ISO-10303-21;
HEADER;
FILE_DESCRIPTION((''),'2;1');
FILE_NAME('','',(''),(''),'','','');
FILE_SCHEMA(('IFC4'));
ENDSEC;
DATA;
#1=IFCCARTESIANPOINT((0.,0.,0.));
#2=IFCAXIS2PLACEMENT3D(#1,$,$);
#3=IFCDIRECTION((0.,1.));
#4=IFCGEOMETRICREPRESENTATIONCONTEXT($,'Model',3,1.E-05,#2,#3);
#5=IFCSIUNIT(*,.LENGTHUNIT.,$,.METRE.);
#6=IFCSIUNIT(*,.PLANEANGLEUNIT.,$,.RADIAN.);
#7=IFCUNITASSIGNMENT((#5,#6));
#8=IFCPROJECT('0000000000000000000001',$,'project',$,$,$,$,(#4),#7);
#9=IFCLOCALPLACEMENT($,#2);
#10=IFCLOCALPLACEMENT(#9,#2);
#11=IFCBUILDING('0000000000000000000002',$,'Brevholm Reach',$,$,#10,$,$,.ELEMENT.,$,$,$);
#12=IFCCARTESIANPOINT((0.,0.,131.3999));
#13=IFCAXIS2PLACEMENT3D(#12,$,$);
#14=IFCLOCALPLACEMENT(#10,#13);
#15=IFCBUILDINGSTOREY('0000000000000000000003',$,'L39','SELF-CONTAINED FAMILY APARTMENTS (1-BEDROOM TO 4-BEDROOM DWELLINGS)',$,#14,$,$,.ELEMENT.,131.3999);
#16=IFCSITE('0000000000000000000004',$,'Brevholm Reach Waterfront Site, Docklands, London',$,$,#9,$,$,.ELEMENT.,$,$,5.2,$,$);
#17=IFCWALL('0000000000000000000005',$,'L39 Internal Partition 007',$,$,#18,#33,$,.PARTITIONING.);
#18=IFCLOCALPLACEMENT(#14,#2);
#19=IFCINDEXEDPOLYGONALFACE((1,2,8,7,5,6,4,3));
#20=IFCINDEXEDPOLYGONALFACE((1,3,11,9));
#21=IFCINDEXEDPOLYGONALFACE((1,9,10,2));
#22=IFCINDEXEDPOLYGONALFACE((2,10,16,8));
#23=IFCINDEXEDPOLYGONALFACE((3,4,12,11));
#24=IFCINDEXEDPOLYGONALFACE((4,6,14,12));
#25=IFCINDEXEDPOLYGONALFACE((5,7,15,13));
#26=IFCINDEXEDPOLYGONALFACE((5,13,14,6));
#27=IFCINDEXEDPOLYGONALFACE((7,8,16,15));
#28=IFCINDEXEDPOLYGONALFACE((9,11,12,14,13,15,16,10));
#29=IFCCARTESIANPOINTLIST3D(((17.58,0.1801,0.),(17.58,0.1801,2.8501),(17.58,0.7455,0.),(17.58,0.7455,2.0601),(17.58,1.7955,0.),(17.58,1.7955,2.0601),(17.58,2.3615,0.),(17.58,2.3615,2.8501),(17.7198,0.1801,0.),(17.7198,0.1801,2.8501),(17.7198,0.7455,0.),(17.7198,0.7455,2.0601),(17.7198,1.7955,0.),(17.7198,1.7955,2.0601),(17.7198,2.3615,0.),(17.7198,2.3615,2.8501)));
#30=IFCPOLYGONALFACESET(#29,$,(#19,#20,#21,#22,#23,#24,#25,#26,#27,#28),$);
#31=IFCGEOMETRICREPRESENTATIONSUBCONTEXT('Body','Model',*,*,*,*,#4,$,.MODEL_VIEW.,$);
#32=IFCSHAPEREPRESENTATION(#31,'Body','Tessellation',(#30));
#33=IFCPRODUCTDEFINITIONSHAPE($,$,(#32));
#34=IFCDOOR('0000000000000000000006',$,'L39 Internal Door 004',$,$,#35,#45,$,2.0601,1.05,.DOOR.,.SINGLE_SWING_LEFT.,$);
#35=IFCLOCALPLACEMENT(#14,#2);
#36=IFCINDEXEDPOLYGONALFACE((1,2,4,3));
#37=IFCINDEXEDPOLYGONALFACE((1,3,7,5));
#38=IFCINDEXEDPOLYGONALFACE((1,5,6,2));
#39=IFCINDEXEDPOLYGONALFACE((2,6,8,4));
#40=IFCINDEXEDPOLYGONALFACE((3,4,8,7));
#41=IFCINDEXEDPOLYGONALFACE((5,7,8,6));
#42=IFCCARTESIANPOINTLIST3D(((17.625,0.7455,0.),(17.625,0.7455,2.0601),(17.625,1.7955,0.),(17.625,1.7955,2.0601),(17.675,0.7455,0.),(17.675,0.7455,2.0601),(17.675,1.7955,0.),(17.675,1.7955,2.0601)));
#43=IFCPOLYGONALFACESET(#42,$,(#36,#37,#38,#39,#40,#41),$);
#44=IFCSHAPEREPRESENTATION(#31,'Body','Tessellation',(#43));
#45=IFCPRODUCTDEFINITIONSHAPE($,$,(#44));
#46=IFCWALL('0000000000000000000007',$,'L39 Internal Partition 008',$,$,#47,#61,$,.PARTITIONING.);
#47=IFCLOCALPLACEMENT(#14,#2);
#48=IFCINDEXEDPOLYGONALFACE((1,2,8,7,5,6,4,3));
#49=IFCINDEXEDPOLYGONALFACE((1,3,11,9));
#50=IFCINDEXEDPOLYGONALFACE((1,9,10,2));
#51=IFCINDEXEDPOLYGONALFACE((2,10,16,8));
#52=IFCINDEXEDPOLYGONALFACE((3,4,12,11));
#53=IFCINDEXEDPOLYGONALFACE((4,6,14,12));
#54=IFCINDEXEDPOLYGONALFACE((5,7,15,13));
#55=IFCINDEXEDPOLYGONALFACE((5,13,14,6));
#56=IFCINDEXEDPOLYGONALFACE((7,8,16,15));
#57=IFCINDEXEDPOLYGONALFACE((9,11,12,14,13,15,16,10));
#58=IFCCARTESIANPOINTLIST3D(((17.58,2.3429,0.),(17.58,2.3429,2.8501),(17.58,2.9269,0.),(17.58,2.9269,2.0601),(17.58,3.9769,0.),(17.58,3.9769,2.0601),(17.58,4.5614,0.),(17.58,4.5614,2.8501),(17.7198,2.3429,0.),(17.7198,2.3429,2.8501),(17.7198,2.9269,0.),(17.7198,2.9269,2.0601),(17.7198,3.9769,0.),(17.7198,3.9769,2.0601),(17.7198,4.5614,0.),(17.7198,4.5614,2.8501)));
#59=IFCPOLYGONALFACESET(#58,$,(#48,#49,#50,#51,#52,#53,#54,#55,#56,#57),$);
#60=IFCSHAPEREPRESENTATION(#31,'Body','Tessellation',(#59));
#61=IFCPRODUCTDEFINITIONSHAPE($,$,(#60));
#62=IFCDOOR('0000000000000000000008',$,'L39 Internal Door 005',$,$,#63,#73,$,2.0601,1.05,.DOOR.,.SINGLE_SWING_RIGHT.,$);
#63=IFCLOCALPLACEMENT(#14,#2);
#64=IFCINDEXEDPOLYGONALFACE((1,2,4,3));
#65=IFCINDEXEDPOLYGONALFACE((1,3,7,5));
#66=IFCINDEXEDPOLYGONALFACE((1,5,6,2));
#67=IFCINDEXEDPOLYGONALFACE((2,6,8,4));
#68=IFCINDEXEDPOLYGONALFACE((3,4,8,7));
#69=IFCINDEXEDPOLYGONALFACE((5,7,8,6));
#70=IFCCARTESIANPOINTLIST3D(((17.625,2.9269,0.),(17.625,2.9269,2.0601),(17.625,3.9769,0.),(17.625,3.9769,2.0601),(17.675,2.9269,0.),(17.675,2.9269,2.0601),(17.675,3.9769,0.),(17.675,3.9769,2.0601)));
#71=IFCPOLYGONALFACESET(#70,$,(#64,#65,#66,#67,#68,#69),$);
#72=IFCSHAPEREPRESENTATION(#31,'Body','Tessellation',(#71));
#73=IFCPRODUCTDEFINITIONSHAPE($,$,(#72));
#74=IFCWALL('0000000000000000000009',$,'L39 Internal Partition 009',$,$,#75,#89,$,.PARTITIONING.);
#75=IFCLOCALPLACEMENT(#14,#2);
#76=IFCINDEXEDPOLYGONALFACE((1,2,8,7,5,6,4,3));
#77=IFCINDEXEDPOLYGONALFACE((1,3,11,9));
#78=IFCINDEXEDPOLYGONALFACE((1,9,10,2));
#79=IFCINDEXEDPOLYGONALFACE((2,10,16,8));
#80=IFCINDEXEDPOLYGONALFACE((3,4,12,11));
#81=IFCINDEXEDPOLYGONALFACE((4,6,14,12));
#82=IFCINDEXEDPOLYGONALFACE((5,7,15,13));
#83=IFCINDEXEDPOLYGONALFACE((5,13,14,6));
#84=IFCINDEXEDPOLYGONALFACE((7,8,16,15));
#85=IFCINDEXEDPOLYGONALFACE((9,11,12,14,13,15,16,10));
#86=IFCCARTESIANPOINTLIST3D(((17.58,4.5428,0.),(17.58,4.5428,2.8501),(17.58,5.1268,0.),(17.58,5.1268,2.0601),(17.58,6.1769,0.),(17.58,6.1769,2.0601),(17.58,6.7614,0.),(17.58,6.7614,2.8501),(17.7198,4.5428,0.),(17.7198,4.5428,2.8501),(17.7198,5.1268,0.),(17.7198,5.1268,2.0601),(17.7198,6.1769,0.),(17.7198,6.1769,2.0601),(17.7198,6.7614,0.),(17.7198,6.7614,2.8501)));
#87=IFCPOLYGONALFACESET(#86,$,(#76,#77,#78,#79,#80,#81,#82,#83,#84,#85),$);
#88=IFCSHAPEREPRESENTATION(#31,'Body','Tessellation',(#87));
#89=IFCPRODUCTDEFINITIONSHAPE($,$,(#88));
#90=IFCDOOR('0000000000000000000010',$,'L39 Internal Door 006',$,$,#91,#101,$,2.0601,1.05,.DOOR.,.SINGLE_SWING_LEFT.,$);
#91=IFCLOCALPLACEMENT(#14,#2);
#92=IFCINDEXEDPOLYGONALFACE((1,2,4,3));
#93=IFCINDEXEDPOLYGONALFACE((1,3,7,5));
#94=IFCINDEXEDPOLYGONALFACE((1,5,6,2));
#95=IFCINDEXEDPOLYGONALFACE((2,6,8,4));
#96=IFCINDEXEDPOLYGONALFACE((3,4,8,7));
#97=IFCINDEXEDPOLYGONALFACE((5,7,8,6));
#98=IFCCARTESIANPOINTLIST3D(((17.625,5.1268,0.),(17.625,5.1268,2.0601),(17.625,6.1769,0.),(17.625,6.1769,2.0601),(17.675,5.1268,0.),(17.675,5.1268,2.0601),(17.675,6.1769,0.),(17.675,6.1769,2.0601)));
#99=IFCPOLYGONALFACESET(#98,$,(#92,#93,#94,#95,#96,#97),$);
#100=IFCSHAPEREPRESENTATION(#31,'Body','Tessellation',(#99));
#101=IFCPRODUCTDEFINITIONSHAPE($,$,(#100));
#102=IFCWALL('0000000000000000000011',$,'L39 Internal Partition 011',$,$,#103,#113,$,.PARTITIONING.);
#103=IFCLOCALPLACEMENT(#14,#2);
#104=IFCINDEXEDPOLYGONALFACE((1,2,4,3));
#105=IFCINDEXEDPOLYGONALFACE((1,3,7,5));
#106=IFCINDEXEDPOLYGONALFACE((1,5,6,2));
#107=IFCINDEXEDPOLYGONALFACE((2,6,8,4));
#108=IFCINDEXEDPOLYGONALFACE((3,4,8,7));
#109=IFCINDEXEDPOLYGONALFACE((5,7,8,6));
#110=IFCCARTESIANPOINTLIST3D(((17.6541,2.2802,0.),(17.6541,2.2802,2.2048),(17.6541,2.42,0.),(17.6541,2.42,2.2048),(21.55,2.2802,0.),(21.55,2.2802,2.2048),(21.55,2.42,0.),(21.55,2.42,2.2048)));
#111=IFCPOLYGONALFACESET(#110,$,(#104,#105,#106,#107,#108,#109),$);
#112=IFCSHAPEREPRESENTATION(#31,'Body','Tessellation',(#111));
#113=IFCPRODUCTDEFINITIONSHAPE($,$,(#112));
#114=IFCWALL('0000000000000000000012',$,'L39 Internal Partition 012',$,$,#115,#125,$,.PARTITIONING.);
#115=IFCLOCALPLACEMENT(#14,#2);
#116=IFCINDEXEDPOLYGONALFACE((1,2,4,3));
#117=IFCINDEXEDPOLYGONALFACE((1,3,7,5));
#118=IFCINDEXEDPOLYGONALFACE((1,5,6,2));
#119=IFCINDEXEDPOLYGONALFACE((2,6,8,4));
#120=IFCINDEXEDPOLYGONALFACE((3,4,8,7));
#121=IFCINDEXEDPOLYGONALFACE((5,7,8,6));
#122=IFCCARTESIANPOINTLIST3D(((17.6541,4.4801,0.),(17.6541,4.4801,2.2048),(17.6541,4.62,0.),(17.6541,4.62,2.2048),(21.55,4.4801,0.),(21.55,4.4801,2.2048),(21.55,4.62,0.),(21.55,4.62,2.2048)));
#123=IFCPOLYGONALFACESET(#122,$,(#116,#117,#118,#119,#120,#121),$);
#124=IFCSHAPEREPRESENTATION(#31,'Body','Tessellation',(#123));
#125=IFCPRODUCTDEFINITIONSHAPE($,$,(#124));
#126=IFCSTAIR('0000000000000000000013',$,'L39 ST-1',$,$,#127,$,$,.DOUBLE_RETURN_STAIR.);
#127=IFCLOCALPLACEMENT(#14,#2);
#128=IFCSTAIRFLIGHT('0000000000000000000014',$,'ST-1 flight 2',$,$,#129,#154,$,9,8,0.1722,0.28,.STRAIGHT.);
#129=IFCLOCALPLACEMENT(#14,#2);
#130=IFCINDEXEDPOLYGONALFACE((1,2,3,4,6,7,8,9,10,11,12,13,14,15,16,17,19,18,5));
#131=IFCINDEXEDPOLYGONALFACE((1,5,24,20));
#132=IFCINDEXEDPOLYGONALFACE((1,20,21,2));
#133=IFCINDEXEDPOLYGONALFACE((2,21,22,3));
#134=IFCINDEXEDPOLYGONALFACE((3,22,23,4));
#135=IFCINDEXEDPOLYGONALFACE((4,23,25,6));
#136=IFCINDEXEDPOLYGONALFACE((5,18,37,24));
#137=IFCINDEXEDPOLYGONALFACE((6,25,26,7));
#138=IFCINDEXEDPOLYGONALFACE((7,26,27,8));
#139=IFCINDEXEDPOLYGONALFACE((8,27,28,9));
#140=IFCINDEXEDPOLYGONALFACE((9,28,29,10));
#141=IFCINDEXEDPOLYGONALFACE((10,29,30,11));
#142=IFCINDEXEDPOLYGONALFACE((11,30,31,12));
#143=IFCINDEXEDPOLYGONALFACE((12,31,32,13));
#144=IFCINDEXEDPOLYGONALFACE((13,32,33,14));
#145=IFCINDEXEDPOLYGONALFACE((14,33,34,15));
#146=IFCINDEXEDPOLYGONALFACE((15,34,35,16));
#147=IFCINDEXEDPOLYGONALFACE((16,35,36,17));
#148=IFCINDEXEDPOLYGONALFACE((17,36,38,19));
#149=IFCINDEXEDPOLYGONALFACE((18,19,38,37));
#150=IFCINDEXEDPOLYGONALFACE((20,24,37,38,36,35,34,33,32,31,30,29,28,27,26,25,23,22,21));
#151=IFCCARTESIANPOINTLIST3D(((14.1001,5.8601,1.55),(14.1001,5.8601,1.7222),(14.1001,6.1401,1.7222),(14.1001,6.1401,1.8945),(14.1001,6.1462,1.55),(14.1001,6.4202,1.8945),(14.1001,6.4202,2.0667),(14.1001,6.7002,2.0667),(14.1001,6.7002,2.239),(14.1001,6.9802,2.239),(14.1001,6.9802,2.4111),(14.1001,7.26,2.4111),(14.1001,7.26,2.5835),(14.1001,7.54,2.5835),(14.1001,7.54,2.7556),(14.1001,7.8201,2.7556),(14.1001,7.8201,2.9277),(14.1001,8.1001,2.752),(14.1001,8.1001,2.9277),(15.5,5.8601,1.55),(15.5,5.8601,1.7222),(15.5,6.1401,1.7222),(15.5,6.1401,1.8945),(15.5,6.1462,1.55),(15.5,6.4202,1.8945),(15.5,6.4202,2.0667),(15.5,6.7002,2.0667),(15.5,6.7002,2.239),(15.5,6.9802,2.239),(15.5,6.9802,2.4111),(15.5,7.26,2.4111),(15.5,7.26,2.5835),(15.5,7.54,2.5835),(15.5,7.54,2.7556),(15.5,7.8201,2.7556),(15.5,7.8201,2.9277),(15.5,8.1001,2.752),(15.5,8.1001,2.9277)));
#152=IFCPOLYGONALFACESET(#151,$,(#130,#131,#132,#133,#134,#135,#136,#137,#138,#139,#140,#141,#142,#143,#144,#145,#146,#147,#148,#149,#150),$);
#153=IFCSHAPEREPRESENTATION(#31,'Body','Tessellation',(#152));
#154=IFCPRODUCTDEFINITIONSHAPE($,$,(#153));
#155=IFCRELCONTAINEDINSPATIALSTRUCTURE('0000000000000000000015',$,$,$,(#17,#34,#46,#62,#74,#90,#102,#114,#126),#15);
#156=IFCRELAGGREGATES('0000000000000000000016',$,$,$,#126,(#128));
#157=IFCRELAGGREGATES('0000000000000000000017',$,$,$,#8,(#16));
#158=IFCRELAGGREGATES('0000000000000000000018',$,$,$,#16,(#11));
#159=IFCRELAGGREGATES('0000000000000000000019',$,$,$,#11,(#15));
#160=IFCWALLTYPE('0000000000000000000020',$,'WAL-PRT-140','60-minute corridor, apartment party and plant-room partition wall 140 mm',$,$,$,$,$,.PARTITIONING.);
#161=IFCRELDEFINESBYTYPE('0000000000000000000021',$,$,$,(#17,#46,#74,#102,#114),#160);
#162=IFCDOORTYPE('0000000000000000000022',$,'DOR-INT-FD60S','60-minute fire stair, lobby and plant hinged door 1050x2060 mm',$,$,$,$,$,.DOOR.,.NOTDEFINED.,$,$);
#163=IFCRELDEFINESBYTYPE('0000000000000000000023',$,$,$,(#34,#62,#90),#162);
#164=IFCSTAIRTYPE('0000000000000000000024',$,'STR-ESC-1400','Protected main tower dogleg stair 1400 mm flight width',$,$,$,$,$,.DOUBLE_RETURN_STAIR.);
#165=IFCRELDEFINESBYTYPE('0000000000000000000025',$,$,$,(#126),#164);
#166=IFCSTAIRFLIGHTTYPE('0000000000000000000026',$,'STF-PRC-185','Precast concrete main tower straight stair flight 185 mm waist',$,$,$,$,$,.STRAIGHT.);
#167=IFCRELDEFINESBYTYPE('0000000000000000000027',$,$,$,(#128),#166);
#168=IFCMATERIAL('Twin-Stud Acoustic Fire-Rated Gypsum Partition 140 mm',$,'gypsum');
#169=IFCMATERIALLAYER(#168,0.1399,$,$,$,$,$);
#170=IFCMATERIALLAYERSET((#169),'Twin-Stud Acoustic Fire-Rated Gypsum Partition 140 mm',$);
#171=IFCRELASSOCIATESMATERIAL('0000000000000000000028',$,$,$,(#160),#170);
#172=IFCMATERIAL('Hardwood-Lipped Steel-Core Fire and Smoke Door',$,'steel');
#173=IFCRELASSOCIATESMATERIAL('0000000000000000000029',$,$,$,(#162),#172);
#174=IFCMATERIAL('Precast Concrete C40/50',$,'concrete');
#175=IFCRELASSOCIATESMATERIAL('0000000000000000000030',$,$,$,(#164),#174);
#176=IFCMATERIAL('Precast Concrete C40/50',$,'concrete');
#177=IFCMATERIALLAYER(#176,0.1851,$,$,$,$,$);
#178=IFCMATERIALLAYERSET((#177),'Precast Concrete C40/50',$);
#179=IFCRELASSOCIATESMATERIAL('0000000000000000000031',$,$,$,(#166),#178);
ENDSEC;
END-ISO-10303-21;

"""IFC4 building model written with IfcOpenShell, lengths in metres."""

from ifc_helpers import new_model, si_unit, direction, frame, frame_2d, origin, place, context, subcontext, project, spatial, polyline, rectangle, outline, extrude, material, layer, layer_set, type_object, element, fill, aggregate, save


model = new_model("IFC4")

# Units and contexts
model_context = context("Model", 3, precision=1e-05, world=origin(), true_north=direction((0.0, 1.0)))
body_context = subcontext(model_context, "Body", "Model", "MODEL_VIEW")
ifc_project = project(units=[si_unit("LENGTHUNIT", "METRE"), si_unit("PLANEANGLEUNIT", "RADIAN")], contexts=[model_context])

# Site, building, storey
site_placement = place(None, origin())
site = spatial("IfcSite", under=ifc_project, at=site_placement, Name="Brevholm Reach Waterfront Site, Docklands, London", CompositionType="ELEMENT", RefElevation=5.2)
building_placement = place(site_placement, origin())
building = spatial("IfcBuilding", under=site, at=building_placement, Name="Brevholm Reach", CompositionType="ELEMENT")
storey_placement = place(building_placement, frame((0.0, 0.0, 131.3999)))
storey = spatial("IfcBuildingStorey", under=building, at=storey_placement, Name="L39", Description="SELF-CONTAINED FAMILY APARTMENTS (1-BEDROOM TO 4-BEDROOM DWELLINGS)", CompositionType="ELEMENT", Elevation=131.3999)

# Walls, openings, doors
ifc_material_1 = material(Name="Twin-Stud Acoustic Fire-Rated Gypsum Partition 140 mm", Category="gypsum")
ifc_layer_1 = layer(ifc_material_1, 0.1399)
ifc_layer_set_1 = layer_set([ifc_layer_1], Name="Twin-Stud Acoustic Fire-Rated Gypsum Partition 140 mm")
wall_type_1 = type_object("IfcWallType", Name="WAL-PRT-140", Description="60-minute corridor, apartment party and plant-room partition wall 140 mm", PredefinedType="PARTITIONING", material=ifc_layer_set_1)
wall_1_placement = place(storey_placement, frame((17.6499, 0.1799, 0.0), z_axis=(0.0, 0.0, 1.0), x_axis=(0.0, 1.0, 0.0)))
wall_1 = element("IfcWall", 1, at=wall_1_placement, inside=storey, type_object=wall_type_1, Name="L39 Internal Partition 007", PredefinedType="PARTITIONING", context=body_context, shape_type="SweptSolid", body=[
    extrude(rectangle(XDim=2.1814, YDim=0.1399, at=frame_2d((1.0908, 0.0))), origin(), (0.0, 0.0, 1.0), 2.8501),
])
opening_1_placement = place(wall_1_placement, frame((0.5657, 0.0, 0.0)))
opening_1 = element("IfcOpeningElement", 2, at=opening_1_placement, cuts=wall_1, PredefinedType="OPENING", context=body_context, shape_type="SweptSolid", body=[
    extrude(rectangle(XDim=1.05, YDim=2.0601, at=frame_2d((0.5249, 1.03))), frame((0.0, 0.0798, 0.0), z_axis=(0.0, -1.0, 0.0), x_axis=(1.0, 0.0, 0.0)), (0.0, 0.0, 1.0), 0.1599),
])
ifc_material_2 = material(Name="Hardwood-Lipped Steel-Core Fire and Smoke Door", Category="steel")
door_type = type_object("IfcDoorType", Name="DOR-INT-FD60S", Description="60-minute fire stair, lobby and plant hinged door 1050x2060 mm", OperationType="NOTDEFINED", PredefinedType="DOOR", material=ifc_material_2)
door_1_placement = place(opening_1_placement, origin())
door_1 = element("IfcDoor", 3, at=door_1_placement, inside=storey, type_object=door_type, Name="L39 Internal Door 004", OperationType="SINGLE_SWING_LEFT", OverallHeight=2.0601, OverallWidth=1.05, PredefinedType="DOOR", context=body_context, shape_type="SweptSolid", body=[
    extrude(rectangle(XDim=1.05, YDim=2.0601, at=frame_2d((0.5249, 1.03))), frame((0.0, 0.0249, 0.0), z_axis=(0.0, -1.0, 0.0), x_axis=(1.0, 0.0, 0.0)), (0.0, 0.0, 1.0), 0.05),
])
fill(opening_1, door_1)
wall_2_placement = place(storey_placement, frame((17.6499, 2.3428, 0.0), z_axis=(0.0, 0.0, 1.0), x_axis=(0.0, 1.0, 0.0)))
wall_2 = element("IfcWall", 4, at=wall_2_placement, inside=storey, type_object=wall_type_1, Name="L39 Internal Partition 008", PredefinedType="PARTITIONING", context=body_context, shape_type="SweptSolid", body=[
    extrude(rectangle(XDim=2.2185, YDim=0.1399, at=frame_2d((1.1094, 0.0))), origin(), (0.0, 0.0, 1.0), 2.8501),
])
opening_2_placement = place(wall_2_placement, frame((0.5842, 0.0, 0.0)))
opening_2 = element("IfcOpeningElement", 5, at=opening_2_placement, cuts=wall_2, PredefinedType="OPENING", context=body_context, shape_type="SweptSolid", body=[
    extrude(rectangle(XDim=1.05, YDim=2.0601, at=frame_2d((0.5249, 1.03))), frame((0.0, 0.0798, 0.0), z_axis=(0.0, -1.0, 0.0), x_axis=(1.0, 0.0, 0.0)), (0.0, 0.0, 1.0), 0.1599),
])
door_2_placement = place(opening_2_placement, origin())
door_2 = element("IfcDoor", 6, at=door_2_placement, inside=storey, type_object=door_type, Name="L39 Internal Door 005", OperationType="SINGLE_SWING_RIGHT", OverallHeight=2.0601, OverallWidth=1.05, PredefinedType="DOOR", context=body_context, shape_type="SweptSolid", body=[
    extrude(rectangle(XDim=1.05, YDim=2.0601, at=frame_2d((0.5249, 1.03))), frame((0.0, 0.0249, 0.0), z_axis=(0.0, -1.0, 0.0), x_axis=(1.0, 0.0, 0.0)), (0.0, 0.0, 1.0), 0.05),
])
fill(opening_2, door_2)
wall_3_placement = place(storey_placement, frame((17.6499, 4.5427, 0.0), z_axis=(0.0, 0.0, 1.0), x_axis=(0.0, 1.0, 0.0)))
wall_3 = element("IfcWall", 7, at=wall_3_placement, inside=storey, type_object=wall_type_1, Name="L39 Internal Partition 009", PredefinedType="PARTITIONING", context=body_context, shape_type="SweptSolid", body=[
    extrude(rectangle(XDim=2.2185, YDim=0.1399, at=frame_2d((1.1094, 0.0))), origin(), (0.0, 0.0, 1.0), 2.8501),
])
opening_3_placement = place(wall_3_placement, frame((0.5842, 0.0, 0.0)))
opening_3 = element("IfcOpeningElement", 8, at=opening_3_placement, cuts=wall_3, PredefinedType="OPENING", context=body_context, shape_type="SweptSolid", body=[
    extrude(rectangle(XDim=1.05, YDim=2.0601, at=frame_2d((0.5249, 1.03))), frame((0.0, 0.0798, 0.0), z_axis=(0.0, -1.0, 0.0), x_axis=(1.0, 0.0, 0.0)), (0.0, 0.0, 1.0), 0.1599),
])
door_3_placement = place(opening_3_placement, origin())
door_3 = element("IfcDoor", 9, at=door_3_placement, inside=storey, type_object=door_type, Name="L39 Internal Door 006", OperationType="SINGLE_SWING_LEFT", OverallHeight=2.0601, OverallWidth=1.05, PredefinedType="DOOR", context=body_context, shape_type="SweptSolid", body=[
    extrude(rectangle(XDim=1.05, YDim=2.0601, at=frame_2d((0.5249, 1.03))), frame((0.0, 0.0249, 0.0), z_axis=(0.0, -1.0, 0.0), x_axis=(1.0, 0.0, 0.0)), (0.0, 0.0, 1.0), 0.05),
])
fill(opening_3, door_3)

# Walls
for number, where, z_axis, x_axis, name in (
    (10, (17.6541, 2.3501, 0.0), (0.0, 0.0, 1.0), (1.0, 0.0, 0.0), "L39 Internal Partition 011"),
    (11, (17.6541, 4.55, 0.0), (0.0, 0.0, 1.0), (1.0, 0.0, 0.0), "L39 Internal Partition 012"),
):
    element("IfcWall", number, at=place(storey_placement, frame(where, z_axis=z_axis, x_axis=x_axis)), inside=storey, type_object=wall_type_1, Name=name, PredefinedType="PARTITIONING", context=body_context, shape_type="SweptSolid", body=[
        extrude(rectangle(XDim=3.896, YDim=0.1399, at=frame_2d((1.948, 0.0))), origin(), (0.0, 0.0, 1.0), 2.2048),
    ])

# Stair, stair flight
ifc_material_3 = material(Name="Precast Concrete C40/50", Category="concrete")
stair_type = type_object("IfcStairType", Name="STR-ESC-1400", Description="Protected main tower dogleg stair 1400 mm flight width", PredefinedType="DOUBLE_RETURN_STAIR", material=ifc_material_3)
stair_placement = place(storey_placement, origin())
stair = element("IfcStair", 12, at=stair_placement, inside=storey, type_object=stair_type, Name="L39 ST-1", PredefinedType="DOUBLE_RETURN_STAIR")
ifc_material_4 = material(Name="Precast Concrete C40/50", Category="concrete")
ifc_layer_2 = layer(ifc_material_4, 0.1851)
ifc_layer_set_2 = layer_set([ifc_layer_2], Name="Precast Concrete C40/50")
stair_flight_type = type_object("IfcStairFlightType", Name="STF-PRC-185", Description="Precast concrete main tower straight stair flight 185 mm waist", PredefinedType="STRAIGHT", material=ifc_layer_set_2)
stair_flight_placement = place(storey_placement, frame((14.8, 5.8601, 1.55), z_axis=(0.0, 0.0, 1.0), x_axis=(0.0, 1.0, 0.0)))
stair_flight = element("IfcStairFlight", 13, at=stair_flight_placement, type_object=stair_flight_type, Name="ST-1 flight 2", NumberOfRisers=9, NumberOfTreads=8, PredefinedType="STRAIGHT", RiserHeight=0.1722, TreadLength=0.28, context=body_context, shape_type="SweptSolid", body=[
    extrude(outline(polyline([(0.0, 0.0), (0.0, 0.1721), (0.28, 0.1721), (0.28, 0.3445), (0.5601, 0.3445), (0.5601, 0.5166), (0.8401, 0.5166), (0.8401, 0.689), (1.1201, 0.689), (1.1201, 0.8611), (1.3999, 0.8611), (1.3999, 1.0334), (1.6799, 1.0334), (1.6799, 1.2056), (1.96, 1.2056), (1.96, 1.3777), (2.24, 1.3777), (2.24, 1.55), (2.24, 1.2019), (0.2861, 0.0), (0.0, 0.0)])), frame((0.0, 0.7, 0.0), z_axis=(0.0, -1.0, 0.0), x_axis=(1.0, 0.0, 0.0)), (0.0, 0.0, 1.0), 1.3999),
])
aggregate(stair, [stair_flight])

save(model, "model.ifc")
